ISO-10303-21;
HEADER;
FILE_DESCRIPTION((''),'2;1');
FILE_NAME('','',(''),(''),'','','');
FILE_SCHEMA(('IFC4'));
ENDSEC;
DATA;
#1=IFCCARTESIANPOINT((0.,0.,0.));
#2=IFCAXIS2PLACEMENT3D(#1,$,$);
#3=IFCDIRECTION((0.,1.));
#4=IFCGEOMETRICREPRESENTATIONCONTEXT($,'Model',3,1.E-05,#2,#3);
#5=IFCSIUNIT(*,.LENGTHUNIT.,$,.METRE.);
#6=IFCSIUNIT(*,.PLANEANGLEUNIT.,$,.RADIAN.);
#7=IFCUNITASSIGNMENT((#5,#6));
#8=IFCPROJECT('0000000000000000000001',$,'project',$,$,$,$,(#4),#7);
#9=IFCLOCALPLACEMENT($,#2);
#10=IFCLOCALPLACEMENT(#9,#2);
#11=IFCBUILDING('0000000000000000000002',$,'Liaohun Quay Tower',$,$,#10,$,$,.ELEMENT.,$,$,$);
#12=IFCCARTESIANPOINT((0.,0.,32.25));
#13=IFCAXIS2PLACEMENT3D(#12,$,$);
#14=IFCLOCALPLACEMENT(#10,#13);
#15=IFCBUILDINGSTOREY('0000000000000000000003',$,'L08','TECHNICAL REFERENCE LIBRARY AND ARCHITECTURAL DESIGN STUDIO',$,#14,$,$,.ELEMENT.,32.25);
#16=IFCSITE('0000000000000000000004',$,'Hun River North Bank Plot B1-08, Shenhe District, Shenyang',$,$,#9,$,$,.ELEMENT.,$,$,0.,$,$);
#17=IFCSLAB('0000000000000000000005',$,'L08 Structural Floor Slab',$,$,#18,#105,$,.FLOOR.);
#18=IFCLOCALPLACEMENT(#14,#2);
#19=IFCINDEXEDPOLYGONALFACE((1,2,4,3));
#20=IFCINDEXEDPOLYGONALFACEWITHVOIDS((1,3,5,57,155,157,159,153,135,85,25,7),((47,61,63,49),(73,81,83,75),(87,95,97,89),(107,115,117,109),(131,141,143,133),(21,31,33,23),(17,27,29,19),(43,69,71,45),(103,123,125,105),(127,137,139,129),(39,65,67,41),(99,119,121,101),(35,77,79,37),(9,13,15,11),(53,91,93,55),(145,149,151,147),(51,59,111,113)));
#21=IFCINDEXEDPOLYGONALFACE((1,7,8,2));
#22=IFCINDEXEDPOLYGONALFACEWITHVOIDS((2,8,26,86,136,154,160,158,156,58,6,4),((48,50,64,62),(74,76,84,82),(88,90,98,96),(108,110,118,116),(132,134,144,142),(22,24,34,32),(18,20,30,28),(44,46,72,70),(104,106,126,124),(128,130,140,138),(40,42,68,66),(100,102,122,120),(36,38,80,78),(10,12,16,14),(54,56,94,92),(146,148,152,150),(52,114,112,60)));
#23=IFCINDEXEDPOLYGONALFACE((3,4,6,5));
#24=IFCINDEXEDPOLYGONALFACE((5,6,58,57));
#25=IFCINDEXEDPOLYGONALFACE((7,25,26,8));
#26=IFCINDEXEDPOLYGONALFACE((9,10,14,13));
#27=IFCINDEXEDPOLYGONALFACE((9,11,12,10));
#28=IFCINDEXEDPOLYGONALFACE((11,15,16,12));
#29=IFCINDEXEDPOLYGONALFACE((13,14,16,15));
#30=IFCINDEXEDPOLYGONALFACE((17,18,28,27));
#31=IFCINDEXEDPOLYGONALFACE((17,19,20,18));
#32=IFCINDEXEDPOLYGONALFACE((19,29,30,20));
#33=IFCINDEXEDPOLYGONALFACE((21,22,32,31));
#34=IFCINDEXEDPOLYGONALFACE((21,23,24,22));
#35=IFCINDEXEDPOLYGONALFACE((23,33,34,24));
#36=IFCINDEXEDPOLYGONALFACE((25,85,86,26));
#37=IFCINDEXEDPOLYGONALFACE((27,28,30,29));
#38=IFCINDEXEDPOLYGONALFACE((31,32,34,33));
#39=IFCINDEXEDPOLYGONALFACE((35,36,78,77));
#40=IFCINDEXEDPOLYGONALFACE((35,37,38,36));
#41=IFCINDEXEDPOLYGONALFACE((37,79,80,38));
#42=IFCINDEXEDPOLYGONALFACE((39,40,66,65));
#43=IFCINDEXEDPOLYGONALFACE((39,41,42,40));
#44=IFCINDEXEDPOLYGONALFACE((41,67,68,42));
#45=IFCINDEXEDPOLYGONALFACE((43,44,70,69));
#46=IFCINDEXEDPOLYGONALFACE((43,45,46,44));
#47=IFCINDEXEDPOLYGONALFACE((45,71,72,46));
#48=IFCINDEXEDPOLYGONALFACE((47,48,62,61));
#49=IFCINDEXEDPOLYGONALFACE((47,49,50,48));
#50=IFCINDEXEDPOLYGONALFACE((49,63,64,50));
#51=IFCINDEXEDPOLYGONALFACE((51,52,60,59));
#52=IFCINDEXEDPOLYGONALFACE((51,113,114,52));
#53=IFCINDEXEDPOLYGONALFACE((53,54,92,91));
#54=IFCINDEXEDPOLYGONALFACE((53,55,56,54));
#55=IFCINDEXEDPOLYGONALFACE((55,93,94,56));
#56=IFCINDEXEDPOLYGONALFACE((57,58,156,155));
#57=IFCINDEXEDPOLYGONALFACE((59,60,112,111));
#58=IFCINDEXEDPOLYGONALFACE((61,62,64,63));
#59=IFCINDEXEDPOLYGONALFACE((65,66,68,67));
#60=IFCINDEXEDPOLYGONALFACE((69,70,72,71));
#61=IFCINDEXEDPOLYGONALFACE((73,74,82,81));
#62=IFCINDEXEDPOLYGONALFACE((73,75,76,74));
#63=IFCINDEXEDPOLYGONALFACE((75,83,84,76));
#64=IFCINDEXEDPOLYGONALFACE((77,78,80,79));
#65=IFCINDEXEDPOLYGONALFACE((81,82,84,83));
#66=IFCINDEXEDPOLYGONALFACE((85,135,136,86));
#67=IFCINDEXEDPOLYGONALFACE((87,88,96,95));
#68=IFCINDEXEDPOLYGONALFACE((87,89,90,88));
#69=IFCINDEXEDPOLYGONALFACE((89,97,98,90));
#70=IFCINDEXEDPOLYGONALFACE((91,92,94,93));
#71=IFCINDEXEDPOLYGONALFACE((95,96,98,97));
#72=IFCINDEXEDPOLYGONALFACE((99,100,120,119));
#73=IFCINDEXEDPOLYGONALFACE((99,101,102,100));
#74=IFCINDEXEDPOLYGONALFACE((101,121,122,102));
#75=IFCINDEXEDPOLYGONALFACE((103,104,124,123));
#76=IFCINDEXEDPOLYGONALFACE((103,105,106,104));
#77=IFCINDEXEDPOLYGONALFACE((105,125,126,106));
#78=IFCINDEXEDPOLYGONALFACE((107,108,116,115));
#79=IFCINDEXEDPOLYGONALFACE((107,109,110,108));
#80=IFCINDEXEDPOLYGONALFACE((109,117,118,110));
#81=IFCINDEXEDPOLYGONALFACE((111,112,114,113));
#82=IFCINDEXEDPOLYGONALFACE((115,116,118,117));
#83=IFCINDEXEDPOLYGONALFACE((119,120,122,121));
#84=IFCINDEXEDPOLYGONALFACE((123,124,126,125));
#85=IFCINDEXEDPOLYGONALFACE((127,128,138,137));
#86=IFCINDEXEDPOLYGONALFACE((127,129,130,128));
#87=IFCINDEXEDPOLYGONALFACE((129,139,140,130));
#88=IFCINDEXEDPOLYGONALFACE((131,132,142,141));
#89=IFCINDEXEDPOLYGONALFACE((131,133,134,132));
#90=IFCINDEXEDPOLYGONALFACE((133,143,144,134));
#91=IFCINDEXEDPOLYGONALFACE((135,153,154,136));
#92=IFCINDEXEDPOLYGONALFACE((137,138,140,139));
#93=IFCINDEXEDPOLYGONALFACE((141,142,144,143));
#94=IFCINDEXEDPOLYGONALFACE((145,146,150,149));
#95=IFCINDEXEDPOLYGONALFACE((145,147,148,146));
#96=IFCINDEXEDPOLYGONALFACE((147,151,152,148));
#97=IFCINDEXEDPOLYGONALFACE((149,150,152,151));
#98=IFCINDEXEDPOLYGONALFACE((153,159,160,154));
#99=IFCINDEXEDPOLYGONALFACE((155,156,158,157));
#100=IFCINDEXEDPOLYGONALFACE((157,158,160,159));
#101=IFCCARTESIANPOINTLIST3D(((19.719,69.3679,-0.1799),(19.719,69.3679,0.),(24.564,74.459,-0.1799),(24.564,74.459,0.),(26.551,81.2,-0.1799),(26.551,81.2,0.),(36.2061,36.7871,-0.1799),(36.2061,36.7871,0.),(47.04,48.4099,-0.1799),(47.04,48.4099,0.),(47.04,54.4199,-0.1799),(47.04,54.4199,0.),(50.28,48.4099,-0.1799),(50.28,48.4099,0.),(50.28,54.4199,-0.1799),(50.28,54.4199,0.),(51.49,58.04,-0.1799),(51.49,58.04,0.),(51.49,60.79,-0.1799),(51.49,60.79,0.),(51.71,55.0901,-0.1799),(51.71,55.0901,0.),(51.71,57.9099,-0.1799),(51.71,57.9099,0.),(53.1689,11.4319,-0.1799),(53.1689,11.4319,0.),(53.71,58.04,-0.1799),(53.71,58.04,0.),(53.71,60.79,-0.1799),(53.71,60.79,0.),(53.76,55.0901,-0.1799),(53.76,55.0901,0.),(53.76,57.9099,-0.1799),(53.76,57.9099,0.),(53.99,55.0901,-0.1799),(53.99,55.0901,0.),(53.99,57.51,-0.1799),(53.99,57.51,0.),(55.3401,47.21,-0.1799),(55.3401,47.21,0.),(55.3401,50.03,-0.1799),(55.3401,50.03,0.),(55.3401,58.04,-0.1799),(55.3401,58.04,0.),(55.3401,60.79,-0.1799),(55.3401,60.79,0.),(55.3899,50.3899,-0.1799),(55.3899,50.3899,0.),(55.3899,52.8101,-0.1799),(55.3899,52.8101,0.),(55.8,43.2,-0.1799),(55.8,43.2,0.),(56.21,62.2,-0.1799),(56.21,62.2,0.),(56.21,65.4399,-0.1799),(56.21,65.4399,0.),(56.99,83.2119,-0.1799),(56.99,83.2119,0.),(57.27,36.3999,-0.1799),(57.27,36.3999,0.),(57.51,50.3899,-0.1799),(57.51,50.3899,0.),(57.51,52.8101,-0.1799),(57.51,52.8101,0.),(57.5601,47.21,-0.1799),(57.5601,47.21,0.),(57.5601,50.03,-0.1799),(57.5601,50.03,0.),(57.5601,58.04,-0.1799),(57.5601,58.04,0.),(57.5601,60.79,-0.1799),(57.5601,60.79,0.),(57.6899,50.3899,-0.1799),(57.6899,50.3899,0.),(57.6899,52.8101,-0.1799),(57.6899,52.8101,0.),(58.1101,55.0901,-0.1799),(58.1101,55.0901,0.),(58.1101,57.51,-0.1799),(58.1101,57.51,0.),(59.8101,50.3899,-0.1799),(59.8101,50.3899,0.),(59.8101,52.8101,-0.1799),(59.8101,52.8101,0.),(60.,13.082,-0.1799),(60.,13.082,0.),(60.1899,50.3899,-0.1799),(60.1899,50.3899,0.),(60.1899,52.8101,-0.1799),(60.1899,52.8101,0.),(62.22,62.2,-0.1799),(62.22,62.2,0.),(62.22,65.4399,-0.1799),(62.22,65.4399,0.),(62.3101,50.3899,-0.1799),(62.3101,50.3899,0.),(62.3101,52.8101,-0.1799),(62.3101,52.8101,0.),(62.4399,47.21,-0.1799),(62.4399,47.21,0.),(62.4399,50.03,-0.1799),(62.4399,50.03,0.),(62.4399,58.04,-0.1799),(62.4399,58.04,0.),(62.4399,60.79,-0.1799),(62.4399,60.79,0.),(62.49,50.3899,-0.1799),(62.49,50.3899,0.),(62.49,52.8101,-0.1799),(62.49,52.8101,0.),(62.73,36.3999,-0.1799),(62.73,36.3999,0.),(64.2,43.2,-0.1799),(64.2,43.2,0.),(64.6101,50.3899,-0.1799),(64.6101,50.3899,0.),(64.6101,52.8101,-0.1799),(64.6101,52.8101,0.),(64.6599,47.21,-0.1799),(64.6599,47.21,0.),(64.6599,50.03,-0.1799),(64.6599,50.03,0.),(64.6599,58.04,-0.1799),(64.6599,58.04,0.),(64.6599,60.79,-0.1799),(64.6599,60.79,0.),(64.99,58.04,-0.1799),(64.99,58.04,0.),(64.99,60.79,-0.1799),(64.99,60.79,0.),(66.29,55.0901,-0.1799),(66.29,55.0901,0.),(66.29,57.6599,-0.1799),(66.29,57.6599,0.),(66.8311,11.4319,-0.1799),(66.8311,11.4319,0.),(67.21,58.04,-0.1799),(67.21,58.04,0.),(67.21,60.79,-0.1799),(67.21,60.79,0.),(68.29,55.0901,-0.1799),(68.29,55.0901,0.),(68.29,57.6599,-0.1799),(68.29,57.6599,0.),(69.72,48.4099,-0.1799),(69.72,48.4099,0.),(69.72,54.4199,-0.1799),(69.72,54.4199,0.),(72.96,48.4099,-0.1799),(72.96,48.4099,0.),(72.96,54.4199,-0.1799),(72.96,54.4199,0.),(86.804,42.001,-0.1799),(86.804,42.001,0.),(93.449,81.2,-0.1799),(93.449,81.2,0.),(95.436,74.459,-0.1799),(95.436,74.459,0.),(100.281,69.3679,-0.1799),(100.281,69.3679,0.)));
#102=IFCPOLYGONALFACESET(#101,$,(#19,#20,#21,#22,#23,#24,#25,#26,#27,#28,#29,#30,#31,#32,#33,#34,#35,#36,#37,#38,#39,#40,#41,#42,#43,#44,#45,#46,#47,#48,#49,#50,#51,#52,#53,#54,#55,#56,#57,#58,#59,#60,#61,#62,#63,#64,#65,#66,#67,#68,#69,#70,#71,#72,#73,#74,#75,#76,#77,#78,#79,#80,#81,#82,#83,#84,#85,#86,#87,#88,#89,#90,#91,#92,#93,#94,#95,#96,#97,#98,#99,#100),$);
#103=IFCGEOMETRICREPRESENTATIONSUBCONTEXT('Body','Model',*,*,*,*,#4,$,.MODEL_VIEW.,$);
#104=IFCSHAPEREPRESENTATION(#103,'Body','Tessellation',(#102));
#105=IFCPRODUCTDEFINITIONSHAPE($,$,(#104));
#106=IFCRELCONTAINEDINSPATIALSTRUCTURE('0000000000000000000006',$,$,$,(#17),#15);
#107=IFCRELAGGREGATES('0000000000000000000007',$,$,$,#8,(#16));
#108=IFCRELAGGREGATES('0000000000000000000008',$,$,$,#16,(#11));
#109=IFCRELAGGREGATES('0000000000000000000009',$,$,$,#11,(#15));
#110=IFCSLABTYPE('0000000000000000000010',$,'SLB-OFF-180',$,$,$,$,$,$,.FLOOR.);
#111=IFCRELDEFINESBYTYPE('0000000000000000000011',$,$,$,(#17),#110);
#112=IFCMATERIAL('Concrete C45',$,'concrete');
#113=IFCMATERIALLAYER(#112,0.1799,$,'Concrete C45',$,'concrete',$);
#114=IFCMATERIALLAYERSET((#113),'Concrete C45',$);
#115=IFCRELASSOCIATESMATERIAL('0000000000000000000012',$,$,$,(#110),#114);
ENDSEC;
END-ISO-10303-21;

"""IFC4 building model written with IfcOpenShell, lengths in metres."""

from ifc_helpers import new_model, si_unit, direction, frame, origin, place, context, subcontext, project, spatial, polyline, outline, extrude, material, layer, layer_set, type_object, element, save


model = new_model("IFC4")

# Units and contexts
model_context = context("Model", 3, precision=1e-05, world=origin(), true_north=direction((0.0, 1.0)))
body_context = subcontext(model_context, "Body", "Model", "MODEL_VIEW")
ifc_project = project(units=[si_unit("LENGTHUNIT", "METRE"), si_unit("PLANEANGLEUNIT", "RADIAN")], contexts=[model_context])

# Site, building, storey
site_placement = place(None, origin())
site = spatial("IfcSite", under=ifc_project, at=site_placement, Name="Hun River North Bank Plot B1-08, Shenhe District, Shenyang", CompositionType="ELEMENT", RefElevation=0.0)
building_placement = place(site_placement, origin())
building = spatial("IfcBuilding", under=site, at=building_placement, Name="Liaohun Quay Tower", CompositionType="ELEMENT")
storey_placement = place(building_placement, frame((0.0, 0.0, 32.25)))
storey = spatial("IfcBuildingStorey", under=building, at=storey_placement, Name="L08", Description="TECHNICAL REFERENCE LIBRARY AND ARCHITECTURAL DESIGN STUDIO", CompositionType="ELEMENT", Elevation=32.25)

# Shared definitions
ifc_material_1 = material(Name="Concrete C45", Category="concrete")

# Slab
ifc_layer_1 = layer(ifc_material_1, 0.1799, Name="Concrete C45", Category="concrete")
ifc_layer_set_1 = layer_set([ifc_layer_1], Name="Concrete C45")
slab_type_1 = type_object("IfcSlabType", Name="SLB-OFF-180", PredefinedType="FLOOR", material=ifc_layer_set_1)
slab_1_placement = place(storey_placement, frame((0.0, 0.0, -0.1799)))
element("IfcSlab", 1, at=slab_1_placement, inside=storey, type_object=slab_type_1, Name="L08 Structural Floor Slab", PredefinedType="FLOOR", context=body_context, shape_type="SweptSolid", body=[
    extrude(outline(polyline([(53.1689, 11.4319), (60.0, 13.082), (66.8311, 11.4319), (86.804, 42.001), (100.281, 69.3679), (95.436, 74.459), (93.449, 81.2), (56.99, 83.2119), (26.551, 81.2), (24.564, 74.459), (19.719, 69.3679), (36.2061, 36.7871), (53.1689, 11.4319)]), holes=[polyline([(57.5601, 47.21), (57.5601, 50.03), (55.3401, 50.03), (55.3401, 47.21), (57.5601, 47.21)]), polyline([(50.28, 54.4199), (47.04, 54.4199), (47.04, 48.4099), (50.28, 48.4099), (50.28, 54.4199)]), polyline([(57.51, 50.3899), (57.51, 52.8101), (55.3899, 52.8101), (55.3899, 50.3899), (57.51, 50.3899)]), polyline([(59.8101, 50.3899), (59.8101, 52.8101), (57.6899, 52.8101), (57.6899, 50.3899), (59.8101, 50.3899)]), polyline([(58.1101, 57.51), (53.99, 57.51), (53.99, 55.0901), (58.1101, 55.0901), (58.1101, 57.51)]), polyline([(53.76, 55.0901), (53.76, 57.9099), (51.71, 57.9099), (51.71, 55.0901), (53.76, 55.0901)]), polyline([(51.49, 58.04), (53.71, 58.04), (53.71, 60.79), (51.49, 60.79), (51.49, 58.04)]), polyline([(55.3401, 58.04), (57.5601, 58.04), (57.5601, 60.79), (55.3401, 60.79), (55.3401, 58.04)]), polyline([(62.73, 36.3999), (64.2, 43.2), (55.8, 43.2), (57.27, 36.3999), (62.73, 36.3999)]), polyline([(64.6599, 47.21), (64.6599, 50.03), (62.4399, 50.03), (62.4399, 47.21), (64.6599, 47.21)]), polyline([(72.96, 54.4199), (69.72, 54.4199), (69.72, 48.4099), (72.96, 48.4099), (72.96, 54.4199)]), polyline([(62.3101, 50.3899), (62.3101, 52.8101), (60.1899, 52.8101), (60.1899, 50.3899), (62.3101, 50.3899)]), polyline([(64.6101, 50.3899), (64.6101, 52.8101), (62.49, 52.8101), (62.49, 50.3899), (64.6101, 50.3899)]), polyline([(68.29, 55.0901), (68.29, 57.6599), (66.29, 57.6599), (66.29, 55.0901), (68.29, 55.0901)]), polyline([(64.6599, 58.04), (64.6599, 60.79), (62.4399, 60.79), (62.4399, 58.04), (64.6599, 58.04)]), polyline([(64.99, 58.04), (67.21, 58.04), (67.21, 60.79), (64.99, 60.79), (64.99, 58.04)]), polyline([(56.21, 62.2), (62.22, 62.2), (62.22, 65.4399), (56.21, 65.4399), (56.21, 62.2)])]), origin(), (0.0, 0.0, 1.0), 0.1799),
])

save(model, "model.ifc")
